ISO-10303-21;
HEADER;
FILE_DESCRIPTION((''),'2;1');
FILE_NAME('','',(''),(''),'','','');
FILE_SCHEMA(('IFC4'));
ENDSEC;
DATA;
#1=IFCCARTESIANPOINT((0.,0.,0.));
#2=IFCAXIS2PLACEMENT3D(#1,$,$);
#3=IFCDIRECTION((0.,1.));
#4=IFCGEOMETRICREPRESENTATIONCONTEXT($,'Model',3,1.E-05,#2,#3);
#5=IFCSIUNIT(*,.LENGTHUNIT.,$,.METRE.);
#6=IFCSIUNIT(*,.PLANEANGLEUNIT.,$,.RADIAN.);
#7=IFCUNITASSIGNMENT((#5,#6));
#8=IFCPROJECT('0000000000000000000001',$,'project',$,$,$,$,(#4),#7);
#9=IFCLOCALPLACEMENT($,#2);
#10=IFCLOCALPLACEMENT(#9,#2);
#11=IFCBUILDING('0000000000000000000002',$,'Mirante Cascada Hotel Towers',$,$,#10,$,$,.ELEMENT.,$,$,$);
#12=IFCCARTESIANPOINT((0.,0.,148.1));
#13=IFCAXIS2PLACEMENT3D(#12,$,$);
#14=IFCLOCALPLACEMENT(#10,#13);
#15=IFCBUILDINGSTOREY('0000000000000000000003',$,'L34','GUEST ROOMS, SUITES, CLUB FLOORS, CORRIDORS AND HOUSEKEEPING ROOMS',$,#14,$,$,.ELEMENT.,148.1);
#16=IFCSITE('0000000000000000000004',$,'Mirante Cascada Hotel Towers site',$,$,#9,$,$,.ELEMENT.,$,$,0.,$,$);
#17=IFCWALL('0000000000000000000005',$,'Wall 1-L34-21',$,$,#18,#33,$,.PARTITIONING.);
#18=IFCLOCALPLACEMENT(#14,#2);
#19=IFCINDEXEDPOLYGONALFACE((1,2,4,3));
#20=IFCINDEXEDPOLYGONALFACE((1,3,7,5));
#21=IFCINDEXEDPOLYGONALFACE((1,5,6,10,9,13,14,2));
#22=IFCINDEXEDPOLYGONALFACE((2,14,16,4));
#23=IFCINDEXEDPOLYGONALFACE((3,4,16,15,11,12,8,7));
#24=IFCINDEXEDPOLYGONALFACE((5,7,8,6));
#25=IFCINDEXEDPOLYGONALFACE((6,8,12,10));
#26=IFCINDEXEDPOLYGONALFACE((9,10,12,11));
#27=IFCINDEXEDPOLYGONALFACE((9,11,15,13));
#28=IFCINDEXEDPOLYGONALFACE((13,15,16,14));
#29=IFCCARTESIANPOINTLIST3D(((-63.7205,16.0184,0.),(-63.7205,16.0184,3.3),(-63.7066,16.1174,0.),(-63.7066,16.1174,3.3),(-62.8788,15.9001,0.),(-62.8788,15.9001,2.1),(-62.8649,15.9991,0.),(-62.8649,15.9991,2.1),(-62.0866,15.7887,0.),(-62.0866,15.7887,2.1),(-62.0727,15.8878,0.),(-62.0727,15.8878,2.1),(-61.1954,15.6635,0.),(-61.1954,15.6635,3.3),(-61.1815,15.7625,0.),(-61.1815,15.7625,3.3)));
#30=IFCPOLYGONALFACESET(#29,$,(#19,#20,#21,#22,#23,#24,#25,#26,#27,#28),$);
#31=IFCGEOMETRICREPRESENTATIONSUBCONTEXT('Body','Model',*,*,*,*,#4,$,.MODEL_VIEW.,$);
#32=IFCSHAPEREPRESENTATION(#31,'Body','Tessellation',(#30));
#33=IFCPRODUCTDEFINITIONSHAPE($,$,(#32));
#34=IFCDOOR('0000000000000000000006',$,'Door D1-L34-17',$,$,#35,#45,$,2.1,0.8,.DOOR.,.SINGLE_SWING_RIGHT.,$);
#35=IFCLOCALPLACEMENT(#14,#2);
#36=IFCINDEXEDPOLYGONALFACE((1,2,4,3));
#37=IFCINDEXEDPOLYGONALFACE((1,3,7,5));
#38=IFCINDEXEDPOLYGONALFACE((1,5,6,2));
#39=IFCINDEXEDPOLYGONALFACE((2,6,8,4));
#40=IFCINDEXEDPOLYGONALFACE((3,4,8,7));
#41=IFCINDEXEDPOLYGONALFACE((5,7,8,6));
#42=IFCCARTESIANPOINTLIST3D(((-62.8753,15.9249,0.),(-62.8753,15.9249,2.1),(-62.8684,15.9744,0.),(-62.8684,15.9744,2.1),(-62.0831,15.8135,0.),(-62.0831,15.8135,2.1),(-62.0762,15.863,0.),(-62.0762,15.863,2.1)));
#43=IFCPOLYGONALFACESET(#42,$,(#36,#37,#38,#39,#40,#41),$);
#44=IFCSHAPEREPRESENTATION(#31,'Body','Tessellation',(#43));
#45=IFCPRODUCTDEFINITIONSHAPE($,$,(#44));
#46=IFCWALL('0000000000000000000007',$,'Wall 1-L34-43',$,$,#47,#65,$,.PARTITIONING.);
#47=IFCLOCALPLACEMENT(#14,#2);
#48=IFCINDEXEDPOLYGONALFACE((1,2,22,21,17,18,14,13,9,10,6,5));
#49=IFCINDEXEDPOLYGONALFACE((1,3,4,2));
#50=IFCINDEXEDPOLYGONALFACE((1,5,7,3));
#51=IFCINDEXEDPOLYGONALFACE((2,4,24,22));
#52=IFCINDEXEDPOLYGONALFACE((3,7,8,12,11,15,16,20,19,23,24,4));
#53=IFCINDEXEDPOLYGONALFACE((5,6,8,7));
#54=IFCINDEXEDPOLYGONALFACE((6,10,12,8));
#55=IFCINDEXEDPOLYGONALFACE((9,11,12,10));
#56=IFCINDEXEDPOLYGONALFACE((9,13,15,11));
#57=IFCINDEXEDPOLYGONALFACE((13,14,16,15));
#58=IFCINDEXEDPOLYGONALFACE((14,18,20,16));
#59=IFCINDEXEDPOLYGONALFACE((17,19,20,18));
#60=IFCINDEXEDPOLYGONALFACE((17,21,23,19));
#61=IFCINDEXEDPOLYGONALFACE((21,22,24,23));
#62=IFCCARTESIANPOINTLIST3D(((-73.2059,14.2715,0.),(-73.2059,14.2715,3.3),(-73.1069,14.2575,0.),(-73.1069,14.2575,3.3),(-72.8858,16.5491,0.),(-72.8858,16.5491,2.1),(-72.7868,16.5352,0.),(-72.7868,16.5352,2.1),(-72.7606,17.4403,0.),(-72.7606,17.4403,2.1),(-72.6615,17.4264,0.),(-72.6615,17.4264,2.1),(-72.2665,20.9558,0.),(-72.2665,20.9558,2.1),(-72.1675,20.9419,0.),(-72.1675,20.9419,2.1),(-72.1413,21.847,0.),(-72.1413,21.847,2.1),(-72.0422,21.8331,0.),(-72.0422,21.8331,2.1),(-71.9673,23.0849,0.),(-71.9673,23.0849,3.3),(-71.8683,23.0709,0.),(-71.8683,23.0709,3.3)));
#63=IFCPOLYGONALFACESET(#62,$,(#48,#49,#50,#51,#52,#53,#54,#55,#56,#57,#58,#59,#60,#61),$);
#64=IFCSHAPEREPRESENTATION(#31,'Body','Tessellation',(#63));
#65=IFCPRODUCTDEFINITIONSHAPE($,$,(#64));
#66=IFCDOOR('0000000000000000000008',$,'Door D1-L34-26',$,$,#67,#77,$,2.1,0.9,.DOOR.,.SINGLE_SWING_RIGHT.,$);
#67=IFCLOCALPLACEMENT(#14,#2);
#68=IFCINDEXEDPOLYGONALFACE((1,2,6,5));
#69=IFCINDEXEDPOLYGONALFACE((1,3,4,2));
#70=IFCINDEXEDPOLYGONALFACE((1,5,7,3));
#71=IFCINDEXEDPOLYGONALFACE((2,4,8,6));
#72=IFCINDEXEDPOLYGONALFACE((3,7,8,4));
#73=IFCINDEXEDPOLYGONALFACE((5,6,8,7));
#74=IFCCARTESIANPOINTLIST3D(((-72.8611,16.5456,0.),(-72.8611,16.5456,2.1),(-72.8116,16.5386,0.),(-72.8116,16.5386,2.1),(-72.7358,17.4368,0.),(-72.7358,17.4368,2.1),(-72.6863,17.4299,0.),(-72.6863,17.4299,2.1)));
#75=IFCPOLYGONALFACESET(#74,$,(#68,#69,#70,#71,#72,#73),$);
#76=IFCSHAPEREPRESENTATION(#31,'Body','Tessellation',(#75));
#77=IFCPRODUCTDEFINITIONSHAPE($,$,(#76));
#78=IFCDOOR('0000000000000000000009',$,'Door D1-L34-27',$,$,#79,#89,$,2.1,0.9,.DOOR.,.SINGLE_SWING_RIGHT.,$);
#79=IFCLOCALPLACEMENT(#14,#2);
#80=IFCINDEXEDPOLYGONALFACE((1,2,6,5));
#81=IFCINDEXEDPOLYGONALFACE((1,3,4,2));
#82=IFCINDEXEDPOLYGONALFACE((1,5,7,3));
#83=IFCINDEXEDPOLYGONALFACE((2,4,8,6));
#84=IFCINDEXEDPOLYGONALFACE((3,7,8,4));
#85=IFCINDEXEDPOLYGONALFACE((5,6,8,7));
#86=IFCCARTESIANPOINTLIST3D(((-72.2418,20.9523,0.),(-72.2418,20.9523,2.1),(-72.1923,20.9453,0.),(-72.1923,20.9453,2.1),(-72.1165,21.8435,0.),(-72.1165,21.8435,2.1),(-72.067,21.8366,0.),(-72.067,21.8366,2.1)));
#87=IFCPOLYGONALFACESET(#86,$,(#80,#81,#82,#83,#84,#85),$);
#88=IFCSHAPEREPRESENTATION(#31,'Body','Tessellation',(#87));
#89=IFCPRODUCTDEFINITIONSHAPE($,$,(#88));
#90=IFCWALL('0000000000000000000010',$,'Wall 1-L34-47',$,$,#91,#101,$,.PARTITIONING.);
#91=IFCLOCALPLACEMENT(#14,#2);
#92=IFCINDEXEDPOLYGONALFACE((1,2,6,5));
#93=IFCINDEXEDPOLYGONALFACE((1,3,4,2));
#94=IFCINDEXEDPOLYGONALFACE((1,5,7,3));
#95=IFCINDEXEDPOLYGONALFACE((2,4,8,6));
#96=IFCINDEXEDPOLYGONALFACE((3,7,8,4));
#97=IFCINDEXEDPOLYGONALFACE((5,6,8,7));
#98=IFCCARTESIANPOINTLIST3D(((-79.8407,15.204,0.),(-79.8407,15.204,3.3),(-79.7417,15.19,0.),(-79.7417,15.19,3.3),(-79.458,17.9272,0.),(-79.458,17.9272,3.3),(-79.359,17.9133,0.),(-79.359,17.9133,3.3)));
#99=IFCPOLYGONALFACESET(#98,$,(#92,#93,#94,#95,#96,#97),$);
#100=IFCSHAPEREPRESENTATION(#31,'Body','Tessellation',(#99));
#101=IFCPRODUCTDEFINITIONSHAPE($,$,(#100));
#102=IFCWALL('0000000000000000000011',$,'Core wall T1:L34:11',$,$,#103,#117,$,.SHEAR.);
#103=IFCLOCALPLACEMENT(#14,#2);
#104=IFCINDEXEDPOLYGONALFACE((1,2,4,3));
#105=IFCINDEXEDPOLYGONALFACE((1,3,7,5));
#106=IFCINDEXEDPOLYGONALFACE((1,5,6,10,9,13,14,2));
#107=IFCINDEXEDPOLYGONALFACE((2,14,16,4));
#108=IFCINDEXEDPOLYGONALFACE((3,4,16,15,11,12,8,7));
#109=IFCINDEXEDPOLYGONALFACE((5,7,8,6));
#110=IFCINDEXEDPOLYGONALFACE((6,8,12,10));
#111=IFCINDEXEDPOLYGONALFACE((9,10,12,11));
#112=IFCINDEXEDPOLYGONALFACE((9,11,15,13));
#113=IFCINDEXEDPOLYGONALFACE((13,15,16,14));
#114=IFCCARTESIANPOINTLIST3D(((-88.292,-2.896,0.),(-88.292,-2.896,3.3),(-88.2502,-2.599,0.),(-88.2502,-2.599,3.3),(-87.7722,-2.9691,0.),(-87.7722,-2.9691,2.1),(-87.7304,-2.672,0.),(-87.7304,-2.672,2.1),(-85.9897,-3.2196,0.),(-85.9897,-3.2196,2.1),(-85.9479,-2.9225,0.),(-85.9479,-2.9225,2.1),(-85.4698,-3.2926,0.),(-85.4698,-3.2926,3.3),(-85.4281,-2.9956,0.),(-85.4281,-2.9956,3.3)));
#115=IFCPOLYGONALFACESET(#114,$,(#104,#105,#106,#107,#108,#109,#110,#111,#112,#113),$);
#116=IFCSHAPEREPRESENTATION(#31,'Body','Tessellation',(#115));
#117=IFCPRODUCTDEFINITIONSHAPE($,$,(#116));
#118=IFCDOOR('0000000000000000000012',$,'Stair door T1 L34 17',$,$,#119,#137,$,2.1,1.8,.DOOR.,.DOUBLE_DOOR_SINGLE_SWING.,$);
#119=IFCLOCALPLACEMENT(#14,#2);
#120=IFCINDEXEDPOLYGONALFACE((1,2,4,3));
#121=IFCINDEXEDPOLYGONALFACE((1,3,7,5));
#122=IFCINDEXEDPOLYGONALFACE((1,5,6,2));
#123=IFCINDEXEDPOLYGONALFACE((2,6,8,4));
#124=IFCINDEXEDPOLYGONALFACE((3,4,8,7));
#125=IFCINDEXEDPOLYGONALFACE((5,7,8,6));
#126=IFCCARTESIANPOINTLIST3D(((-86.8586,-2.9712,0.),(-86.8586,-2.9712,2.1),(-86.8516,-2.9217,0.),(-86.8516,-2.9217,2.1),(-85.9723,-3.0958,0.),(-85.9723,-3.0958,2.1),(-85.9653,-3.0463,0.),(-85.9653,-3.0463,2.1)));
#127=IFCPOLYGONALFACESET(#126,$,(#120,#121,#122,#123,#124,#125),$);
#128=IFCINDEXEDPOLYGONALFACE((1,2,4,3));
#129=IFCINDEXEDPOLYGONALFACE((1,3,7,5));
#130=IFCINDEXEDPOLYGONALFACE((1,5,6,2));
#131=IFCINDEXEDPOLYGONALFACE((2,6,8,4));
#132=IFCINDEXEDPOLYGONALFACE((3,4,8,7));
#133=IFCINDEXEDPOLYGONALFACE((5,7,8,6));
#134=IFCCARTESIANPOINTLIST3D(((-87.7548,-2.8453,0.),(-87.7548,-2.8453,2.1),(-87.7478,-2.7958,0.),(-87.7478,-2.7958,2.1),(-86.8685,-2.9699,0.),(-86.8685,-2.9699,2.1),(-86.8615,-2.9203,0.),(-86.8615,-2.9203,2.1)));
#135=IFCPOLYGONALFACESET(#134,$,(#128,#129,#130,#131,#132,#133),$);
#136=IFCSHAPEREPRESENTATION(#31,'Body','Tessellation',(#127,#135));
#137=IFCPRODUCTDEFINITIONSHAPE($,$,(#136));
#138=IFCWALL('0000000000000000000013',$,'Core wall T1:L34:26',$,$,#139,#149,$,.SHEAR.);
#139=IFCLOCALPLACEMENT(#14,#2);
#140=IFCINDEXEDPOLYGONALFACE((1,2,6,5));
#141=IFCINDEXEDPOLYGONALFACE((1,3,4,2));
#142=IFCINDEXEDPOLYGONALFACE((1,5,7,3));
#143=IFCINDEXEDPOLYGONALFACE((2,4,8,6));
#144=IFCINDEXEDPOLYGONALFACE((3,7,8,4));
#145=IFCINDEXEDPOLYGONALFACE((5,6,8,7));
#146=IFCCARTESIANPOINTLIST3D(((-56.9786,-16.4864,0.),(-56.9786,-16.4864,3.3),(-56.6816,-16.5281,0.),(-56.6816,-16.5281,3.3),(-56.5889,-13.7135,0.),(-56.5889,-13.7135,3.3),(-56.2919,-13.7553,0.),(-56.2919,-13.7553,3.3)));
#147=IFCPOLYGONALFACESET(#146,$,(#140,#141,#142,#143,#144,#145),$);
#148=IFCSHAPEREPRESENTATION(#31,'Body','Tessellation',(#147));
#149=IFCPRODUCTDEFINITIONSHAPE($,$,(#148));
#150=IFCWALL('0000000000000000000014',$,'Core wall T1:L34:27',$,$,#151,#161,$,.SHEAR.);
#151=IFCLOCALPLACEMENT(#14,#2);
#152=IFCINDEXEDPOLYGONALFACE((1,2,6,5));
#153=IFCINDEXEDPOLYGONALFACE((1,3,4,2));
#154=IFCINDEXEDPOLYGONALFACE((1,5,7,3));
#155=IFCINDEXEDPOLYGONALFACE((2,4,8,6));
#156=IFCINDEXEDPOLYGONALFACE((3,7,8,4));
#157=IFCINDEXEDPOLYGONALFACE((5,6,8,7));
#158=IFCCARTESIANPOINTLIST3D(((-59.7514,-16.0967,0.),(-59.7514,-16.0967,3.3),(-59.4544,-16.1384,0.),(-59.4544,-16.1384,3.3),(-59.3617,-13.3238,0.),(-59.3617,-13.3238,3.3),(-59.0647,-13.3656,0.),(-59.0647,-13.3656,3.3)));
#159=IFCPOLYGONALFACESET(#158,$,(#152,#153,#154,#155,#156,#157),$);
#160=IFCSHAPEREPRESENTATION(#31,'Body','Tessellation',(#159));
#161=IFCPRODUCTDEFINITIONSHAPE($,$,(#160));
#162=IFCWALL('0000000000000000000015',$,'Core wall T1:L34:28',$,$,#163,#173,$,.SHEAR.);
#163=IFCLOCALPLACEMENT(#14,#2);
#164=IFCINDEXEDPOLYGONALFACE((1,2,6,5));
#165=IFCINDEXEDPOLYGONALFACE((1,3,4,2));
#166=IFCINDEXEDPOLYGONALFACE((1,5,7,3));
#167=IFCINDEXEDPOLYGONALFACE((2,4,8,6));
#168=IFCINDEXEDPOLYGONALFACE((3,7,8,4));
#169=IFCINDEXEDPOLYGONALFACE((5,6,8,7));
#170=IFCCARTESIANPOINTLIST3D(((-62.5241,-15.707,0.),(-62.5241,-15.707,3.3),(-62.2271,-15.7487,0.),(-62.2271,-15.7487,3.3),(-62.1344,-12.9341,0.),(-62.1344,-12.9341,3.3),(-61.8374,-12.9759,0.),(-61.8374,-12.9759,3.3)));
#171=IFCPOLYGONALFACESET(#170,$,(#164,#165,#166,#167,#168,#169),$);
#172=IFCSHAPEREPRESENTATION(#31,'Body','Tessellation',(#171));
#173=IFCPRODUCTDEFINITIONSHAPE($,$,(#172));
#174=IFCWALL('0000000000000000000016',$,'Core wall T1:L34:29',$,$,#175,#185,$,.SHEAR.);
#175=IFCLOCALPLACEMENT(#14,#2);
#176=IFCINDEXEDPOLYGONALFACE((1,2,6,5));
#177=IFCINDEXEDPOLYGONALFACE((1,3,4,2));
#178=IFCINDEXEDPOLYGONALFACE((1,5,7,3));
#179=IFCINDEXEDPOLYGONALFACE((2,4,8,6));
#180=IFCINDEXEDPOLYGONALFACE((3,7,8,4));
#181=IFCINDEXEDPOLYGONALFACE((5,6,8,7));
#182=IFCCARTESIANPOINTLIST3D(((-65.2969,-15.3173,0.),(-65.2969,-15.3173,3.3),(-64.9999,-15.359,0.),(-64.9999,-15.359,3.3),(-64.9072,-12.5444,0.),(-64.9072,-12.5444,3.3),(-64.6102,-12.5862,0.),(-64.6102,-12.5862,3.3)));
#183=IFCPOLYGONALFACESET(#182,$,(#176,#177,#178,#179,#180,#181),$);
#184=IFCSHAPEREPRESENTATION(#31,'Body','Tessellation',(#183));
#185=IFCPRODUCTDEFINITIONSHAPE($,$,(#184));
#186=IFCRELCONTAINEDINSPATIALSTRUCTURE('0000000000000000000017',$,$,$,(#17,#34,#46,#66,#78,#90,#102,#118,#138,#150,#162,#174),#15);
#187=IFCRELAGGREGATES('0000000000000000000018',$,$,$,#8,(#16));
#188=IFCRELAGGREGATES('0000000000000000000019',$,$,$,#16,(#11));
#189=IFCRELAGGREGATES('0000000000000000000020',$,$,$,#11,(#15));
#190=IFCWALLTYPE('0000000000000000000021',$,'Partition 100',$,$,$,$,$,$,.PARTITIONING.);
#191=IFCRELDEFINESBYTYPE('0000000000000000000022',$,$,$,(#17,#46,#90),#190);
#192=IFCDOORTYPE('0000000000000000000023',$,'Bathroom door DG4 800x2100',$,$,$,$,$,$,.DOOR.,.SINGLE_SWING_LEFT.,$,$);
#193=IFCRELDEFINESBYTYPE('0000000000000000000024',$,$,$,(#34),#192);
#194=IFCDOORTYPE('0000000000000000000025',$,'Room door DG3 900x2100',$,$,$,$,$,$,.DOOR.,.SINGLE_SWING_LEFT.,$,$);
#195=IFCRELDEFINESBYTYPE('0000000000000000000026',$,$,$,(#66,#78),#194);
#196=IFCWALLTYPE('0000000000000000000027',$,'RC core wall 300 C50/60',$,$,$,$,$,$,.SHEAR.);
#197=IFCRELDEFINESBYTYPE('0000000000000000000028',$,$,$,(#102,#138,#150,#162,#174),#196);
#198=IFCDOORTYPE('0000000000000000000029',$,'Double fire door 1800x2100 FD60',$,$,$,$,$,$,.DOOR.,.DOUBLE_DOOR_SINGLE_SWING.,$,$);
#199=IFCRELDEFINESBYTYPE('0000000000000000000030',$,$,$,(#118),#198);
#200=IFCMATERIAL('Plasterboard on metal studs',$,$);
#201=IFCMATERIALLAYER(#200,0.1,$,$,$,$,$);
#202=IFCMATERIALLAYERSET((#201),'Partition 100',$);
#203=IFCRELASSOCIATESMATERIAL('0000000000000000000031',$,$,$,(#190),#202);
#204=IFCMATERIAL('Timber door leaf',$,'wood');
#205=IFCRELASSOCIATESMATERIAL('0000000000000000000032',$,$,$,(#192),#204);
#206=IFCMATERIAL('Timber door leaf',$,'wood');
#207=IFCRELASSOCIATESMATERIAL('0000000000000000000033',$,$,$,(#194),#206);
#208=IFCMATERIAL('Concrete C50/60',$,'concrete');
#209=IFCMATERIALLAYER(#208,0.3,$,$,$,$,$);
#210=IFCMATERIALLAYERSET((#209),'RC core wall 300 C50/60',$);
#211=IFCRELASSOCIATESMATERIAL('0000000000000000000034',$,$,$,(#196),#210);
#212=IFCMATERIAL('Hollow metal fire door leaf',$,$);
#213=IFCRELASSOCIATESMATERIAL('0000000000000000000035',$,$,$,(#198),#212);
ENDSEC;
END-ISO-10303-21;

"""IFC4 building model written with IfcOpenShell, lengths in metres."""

from ifc_helpers import new_model, si_unit, direction, frame, frame_2d, origin, place, context, subcontext, project, spatial, rectangle, extrude, material, layer, layer_set, type_object, element, fill, save


model = new_model("IFC4")

# Units and contexts
model_context = context("Model", 3, precision=1e-05, world=origin(), true_north=direction((0.0, 1.0)))
body_context = subcontext(model_context, "Body", "Model", "MODEL_VIEW")
ifc_project = project(units=[si_unit("LENGTHUNIT", "METRE"), si_unit("PLANEANGLEUNIT", "RADIAN")], contexts=[model_context])

# Site, building, storey
site_placement = place(None, origin())
site = spatial("IfcSite", under=ifc_project, at=site_placement, Name="Mirante Cascada Hotel Towers site", CompositionType="ELEMENT", RefElevation=0.0)
building_placement = place(site_placement, origin())
building = spatial("IfcBuilding", under=site, at=building_placement, Name="Mirante Cascada Hotel Towers", CompositionType="ELEMENT")
storey_placement = place(building_placement, frame((0.0, 0.0, 148.1)))
storey = spatial("IfcBuildingStorey", under=building, at=storey_placement, Name="L34", Description="GUEST ROOMS, SUITES, CLUB FLOORS, CORRIDORS AND HOUSEKEEPING ROOMS", CompositionType="ELEMENT", Elevation=148.1)

# Wall, opening, door
ifc_material_1 = material(Name="Plasterboard on metal studs")
ifc_layer_1 = layer(ifc_material_1, 0.1)
ifc_layer_set_1 = layer_set([ifc_layer_1], Name="Partition 100")
wall_type_1 = type_object("IfcWallType", Name="Partition 100", PredefinedType="PARTITIONING", material=ifc_layer_set_1)
wall_1_placement = place(storey_placement, frame((-61.1884, 15.713, 0.0), z_axis=(0.0, 0.0, 1.0), x_axis=(-0.990267, 0.139181, 0.0)))
wall_1 = element("IfcWall", 1, at=wall_1_placement, inside=storey, type_object=wall_type_1, Name="Wall 1-L34-21", PredefinedType="PARTITIONING", context=body_context, shape_type="SweptSolid", body=[
    extrude(rectangle(XDim=2.5499, YDim=0.1, at=frame_2d((1.275, 0.0))), origin(), (0.0, 0.0, 1.0), 3.3),
])
opening_1_placement = place(wall_1_placement, frame((0.9, 0.0, 0.0)))
opening_1 = element("IfcOpeningElement", 2, at=opening_1_placement, cuts=wall_1, PredefinedType="OPENING", context=body_context, shape_type="SweptSolid", body=[
    extrude(rectangle(XDim=0.8, YDim=2.1, at=frame_2d((0.4, 1.05))), frame((0.0, 0.05, 0.0), z_axis=(0.0, -1.0, 0.0), x_axis=(1.0, 0.0, 0.0)), (0.0, 0.0, 1.0), 0.1),
])
ifc_material_2 = material(Name="Timber door leaf", Category="wood")
door_type_1 = type_object("IfcDoorType", Name="Bathroom door DG4 800x2100", OperationType="SINGLE_SWING_LEFT", PredefinedType="DOOR", material=ifc_material_2)
door_1_placement = place(opening_1_placement, frame((0.8, 0.0, 0.0), z_axis=(0.0, 0.0, 1.0), x_axis=(-1.0, 0.0, 0.0)))
door_1 = element("IfcDoor", 3, at=door_1_placement, inside=storey, type_object=door_type_1, Name="Door D1-L34-17", OperationType="SINGLE_SWING_RIGHT", OverallHeight=2.1, OverallWidth=0.8, PredefinedType="DOOR", context=body_context, shape_type="SweptSolid", body=[
    extrude(rectangle(XDim=0.8, YDim=2.1, at=frame_2d((0.4, 1.05))), frame((0.0, 0.025, 0.0), z_axis=(0.0, -1.0, 0.0), x_axis=(1.0, 0.0, 0.0)), (0.0, 0.0, 1.0), 0.05),
])
fill(opening_1, door_1)

# Wall, openings, doors
wall_2_placement = place(storey_placement, frame((-73.1564, 14.2645, 0.0), z_axis=(0.0, 0.0, 1.0), x_axis=(0.139168, 0.990269, 0.0)))
wall_2 = element("IfcWall", 4, at=wall_2_placement, inside=storey, type_object=wall_type_1, Name="Wall 1-L34-43", PredefinedType="PARTITIONING", context=body_context, shape_type="SweptSolid", body=[
    extrude(rectangle(XDim=8.9, YDim=0.1, at=frame_2d((4.45, 0.0))), origin(), (0.0, 0.0, 1.0), 3.3),
])
opening_2_placement = place(wall_2_placement, frame((2.3, 0.0, 0.0)))
opening_2 = element("IfcOpeningElement", 5, at=opening_2_placement, cuts=wall_2, PredefinedType="OPENING", context=body_context, shape_type="SweptSolid", body=[
    extrude(rectangle(XDim=0.9, YDim=2.1, at=frame_2d((0.45, 1.05))), frame((0.0, 0.05, 0.0), z_axis=(0.0, -1.0, 0.0), x_axis=(1.0, 0.0, 0.0)), (0.0, 0.0, 1.0), 0.1),
])
opening_3_placement = place(wall_2_placement, frame((6.75, 0.0, 0.0)))
opening_3 = element("IfcOpeningElement", 6, at=opening_3_placement, cuts=wall_2, PredefinedType="OPENING", context=body_context, shape_type="SweptSolid", body=[
    extrude(rectangle(XDim=0.9, YDim=2.1, at=frame_2d((0.45, 1.05))), frame((0.0, 0.05, 0.0), z_axis=(0.0, -1.0, 0.0), x_axis=(1.0, 0.0, 0.0)), (0.0, 0.0, 1.0), 0.1),
])
ifc_material_3 = material(Name="Timber door leaf", Category="wood")
door_type_2 = type_object("IfcDoorType", Name="Room door DG3 900x2100", OperationType="SINGLE_SWING_LEFT", PredefinedType="DOOR", material=ifc_material_3)
door_2_placement = place(opening_2_placement, frame((0.9, 0.0, 0.0), z_axis=(0.0, 0.0, 1.0), x_axis=(-1.0, 0.0, 0.0)))
door_2 = element("IfcDoor", 7, at=door_2_placement, inside=storey, type_object=door_type_2, Name="Door D1-L34-26", OperationType="SINGLE_SWING_RIGHT", OverallHeight=2.1, OverallWidth=0.9, PredefinedType="DOOR", context=body_context, shape_type="SweptSolid", body=[
    extrude(rectangle(XDim=0.9, YDim=2.1, at=frame_2d((0.45, 1.05))), frame((0.0, 0.025, 0.0), z_axis=(0.0, -1.0, 0.0), x_axis=(1.0, 0.0, 0.0)), (0.0, 0.0, 1.0), 0.05),
])
fill(opening_2, door_2)
door_3_placement = place(opening_3_placement, frame((0.9, 0.0, 0.0), z_axis=(0.0, 0.0, 1.0), x_axis=(-1.0, 0.0, 0.0)))
door_3 = element("IfcDoor", 8, at=door_3_placement, inside=storey, type_object=door_type_2, Name="Door D1-L34-27", OperationType="SINGLE_SWING_RIGHT", OverallHeight=2.1, OverallWidth=0.9, PredefinedType="DOOR", context=body_context, shape_type="SweptSolid", body=[
    extrude(rectangle(XDim=0.9, YDim=2.1, at=frame_2d((0.45, 1.05))), frame((0.0, 0.025, 0.0), z_axis=(0.0, -1.0, 0.0), x_axis=(1.0, 0.0, 0.0)), (0.0, 0.0, 1.0), 0.05),
])
fill(opening_3, door_3)

# Wall
wall_3_placement = place(storey_placement, frame((-79.7912, 15.197, 0.0), z_axis=(0.0, 0.0, 1.0), x_axis=(0.139166, 0.990269, 0.0)))
element("IfcWall", 9, at=wall_3_placement, inside=storey, type_object=wall_type_1, Name="Wall 1-L34-47", PredefinedType="PARTITIONING", context=body_context, shape_type="SweptSolid", body=[
    extrude(rectangle(XDim=2.75, YDim=0.1, at=frame_2d((1.375, 0.0))), origin(), (0.0, 0.0, 1.0), 3.3),
])

# Wall, opening, door
ifc_material_4 = material(Name="Concrete C50/60", Category="concrete")
ifc_layer_2 = layer(ifc_material_4, 0.3)
ifc_layer_set_2 = layer_set([ifc_layer_2], Name="RC core wall 300 C50/60")
wall_type_2 = type_object("IfcWallType", Name="RC core wall 300 C50/60", PredefinedType="SHEAR", material=ifc_layer_set_2)
wall_4_placement = place(storey_placement, frame((-85.4489, -3.1441, 0.0), z_axis=(0.0, 0.0, 1.0), x_axis=(-0.99027, 0.139161, 0.0)))
wall_4 = element("IfcWall", 10, at=wall_4_placement, inside=storey, type_object=wall_type_2, Name="Core wall T1:L34:11", PredefinedType="SHEAR", context=body_context, shape_type="SweptSolid", body=[
    extrude(rectangle(XDim=2.8499, YDim=0.3, at=frame_2d((1.425, 0.0))), origin(), (0.0, 0.0, 1.0), 3.3),
])
opening_4_placement = place(wall_4_placement, frame((0.525, 0.0, 0.0)))
opening_4 = element("IfcOpeningElement", 11, at=opening_4_placement, cuts=wall_4, PredefinedType="OPENING", context=body_context, shape_type="SweptSolid", body=[
    extrude(rectangle(XDim=1.8, YDim=2.1, at=frame_2d((0.9, 1.05))), frame((0.0, 0.15, 0.0), z_axis=(0.0, -1.0, 0.0), x_axis=(1.0, 0.0, 0.0)), (0.0, 0.0, 1.0), 0.3),
])
ifc_material_5 = material(Name="Hollow metal fire door leaf")
door_type_3 = type_object("IfcDoorType", Name="Double fire door 1800x2100 FD60", OperationType="DOUBLE_DOOR_SINGLE_SWING", PredefinedType="DOOR", material=ifc_material_5)
door_4_placement = place(opening_4_placement, origin())
door_4 = element("IfcDoor", 12, at=door_4_placement, inside=storey, type_object=door_type_3, Name="Stair door T1 L34 17", OperationType="DOUBLE_DOOR_SINGLE_SWING", OverallHeight=2.1, OverallWidth=1.8, PredefinedType="DOOR", context=body_context, shape_type="SweptSolid", body=[
    extrude(rectangle(XDim=0.895, YDim=2.1, at=frame_2d((0.4475, 1.05))), frame((0.0, 0.025, 0.0), z_axis=(0.0, -1.0, 0.0), x_axis=(1.0, 0.0, 0.0)), (0.0, 0.0, 1.0), 0.05),
    extrude(rectangle(XDim=0.895, YDim=2.1, at=frame_2d((1.3525, 1.05))), frame((0.0, 0.025, 0.0), z_axis=(0.0, -1.0, 0.0), x_axis=(1.0, 0.0, 0.0)), (0.0, 0.0, 1.0), 0.05),
])
fill(opening_4, door_4)

# Walls
for number, where, z_axis, x_axis, name in (
    (13, (-56.8301, -16.5072, 0.0), (0.0, 0.0, 1.0), (0.139176, 0.990268, 0.0), "Core wall T1:L34:26"),
    (14, (-59.6029, -16.1175, 0.0), (0.0, 0.0, 1.0), (0.139176, 0.990268, 0.0), "Core wall T1:L34:27"),
    (15, (-62.3756, -15.7278, 0.0), (0.0, 0.0, 1.0), (0.139176, 0.990268, 0.0), "Core wall T1:L34:28"),
    (16, (-65.1484, -15.3381, 0.0), (0.0, 0.0, 1.0), (0.139176, 0.990268, 0.0), "Core wall T1:L34:29"),
):
    element("IfcWall", number, at=place(storey_placement, frame(where, z_axis=z_axis, x_axis=x_axis)), inside=storey, type_object=wall_type_2, Name=name, PredefinedType="SHEAR", context=body_context, shape_type="SweptSolid", body=[
        extrude(rectangle(XDim=2.8001, YDim=0.3, at=frame_2d((1.4, 0.0))), origin(), (0.0, 0.0, 1.0), 3.3),
    ])

save(model, "model.ifc")
